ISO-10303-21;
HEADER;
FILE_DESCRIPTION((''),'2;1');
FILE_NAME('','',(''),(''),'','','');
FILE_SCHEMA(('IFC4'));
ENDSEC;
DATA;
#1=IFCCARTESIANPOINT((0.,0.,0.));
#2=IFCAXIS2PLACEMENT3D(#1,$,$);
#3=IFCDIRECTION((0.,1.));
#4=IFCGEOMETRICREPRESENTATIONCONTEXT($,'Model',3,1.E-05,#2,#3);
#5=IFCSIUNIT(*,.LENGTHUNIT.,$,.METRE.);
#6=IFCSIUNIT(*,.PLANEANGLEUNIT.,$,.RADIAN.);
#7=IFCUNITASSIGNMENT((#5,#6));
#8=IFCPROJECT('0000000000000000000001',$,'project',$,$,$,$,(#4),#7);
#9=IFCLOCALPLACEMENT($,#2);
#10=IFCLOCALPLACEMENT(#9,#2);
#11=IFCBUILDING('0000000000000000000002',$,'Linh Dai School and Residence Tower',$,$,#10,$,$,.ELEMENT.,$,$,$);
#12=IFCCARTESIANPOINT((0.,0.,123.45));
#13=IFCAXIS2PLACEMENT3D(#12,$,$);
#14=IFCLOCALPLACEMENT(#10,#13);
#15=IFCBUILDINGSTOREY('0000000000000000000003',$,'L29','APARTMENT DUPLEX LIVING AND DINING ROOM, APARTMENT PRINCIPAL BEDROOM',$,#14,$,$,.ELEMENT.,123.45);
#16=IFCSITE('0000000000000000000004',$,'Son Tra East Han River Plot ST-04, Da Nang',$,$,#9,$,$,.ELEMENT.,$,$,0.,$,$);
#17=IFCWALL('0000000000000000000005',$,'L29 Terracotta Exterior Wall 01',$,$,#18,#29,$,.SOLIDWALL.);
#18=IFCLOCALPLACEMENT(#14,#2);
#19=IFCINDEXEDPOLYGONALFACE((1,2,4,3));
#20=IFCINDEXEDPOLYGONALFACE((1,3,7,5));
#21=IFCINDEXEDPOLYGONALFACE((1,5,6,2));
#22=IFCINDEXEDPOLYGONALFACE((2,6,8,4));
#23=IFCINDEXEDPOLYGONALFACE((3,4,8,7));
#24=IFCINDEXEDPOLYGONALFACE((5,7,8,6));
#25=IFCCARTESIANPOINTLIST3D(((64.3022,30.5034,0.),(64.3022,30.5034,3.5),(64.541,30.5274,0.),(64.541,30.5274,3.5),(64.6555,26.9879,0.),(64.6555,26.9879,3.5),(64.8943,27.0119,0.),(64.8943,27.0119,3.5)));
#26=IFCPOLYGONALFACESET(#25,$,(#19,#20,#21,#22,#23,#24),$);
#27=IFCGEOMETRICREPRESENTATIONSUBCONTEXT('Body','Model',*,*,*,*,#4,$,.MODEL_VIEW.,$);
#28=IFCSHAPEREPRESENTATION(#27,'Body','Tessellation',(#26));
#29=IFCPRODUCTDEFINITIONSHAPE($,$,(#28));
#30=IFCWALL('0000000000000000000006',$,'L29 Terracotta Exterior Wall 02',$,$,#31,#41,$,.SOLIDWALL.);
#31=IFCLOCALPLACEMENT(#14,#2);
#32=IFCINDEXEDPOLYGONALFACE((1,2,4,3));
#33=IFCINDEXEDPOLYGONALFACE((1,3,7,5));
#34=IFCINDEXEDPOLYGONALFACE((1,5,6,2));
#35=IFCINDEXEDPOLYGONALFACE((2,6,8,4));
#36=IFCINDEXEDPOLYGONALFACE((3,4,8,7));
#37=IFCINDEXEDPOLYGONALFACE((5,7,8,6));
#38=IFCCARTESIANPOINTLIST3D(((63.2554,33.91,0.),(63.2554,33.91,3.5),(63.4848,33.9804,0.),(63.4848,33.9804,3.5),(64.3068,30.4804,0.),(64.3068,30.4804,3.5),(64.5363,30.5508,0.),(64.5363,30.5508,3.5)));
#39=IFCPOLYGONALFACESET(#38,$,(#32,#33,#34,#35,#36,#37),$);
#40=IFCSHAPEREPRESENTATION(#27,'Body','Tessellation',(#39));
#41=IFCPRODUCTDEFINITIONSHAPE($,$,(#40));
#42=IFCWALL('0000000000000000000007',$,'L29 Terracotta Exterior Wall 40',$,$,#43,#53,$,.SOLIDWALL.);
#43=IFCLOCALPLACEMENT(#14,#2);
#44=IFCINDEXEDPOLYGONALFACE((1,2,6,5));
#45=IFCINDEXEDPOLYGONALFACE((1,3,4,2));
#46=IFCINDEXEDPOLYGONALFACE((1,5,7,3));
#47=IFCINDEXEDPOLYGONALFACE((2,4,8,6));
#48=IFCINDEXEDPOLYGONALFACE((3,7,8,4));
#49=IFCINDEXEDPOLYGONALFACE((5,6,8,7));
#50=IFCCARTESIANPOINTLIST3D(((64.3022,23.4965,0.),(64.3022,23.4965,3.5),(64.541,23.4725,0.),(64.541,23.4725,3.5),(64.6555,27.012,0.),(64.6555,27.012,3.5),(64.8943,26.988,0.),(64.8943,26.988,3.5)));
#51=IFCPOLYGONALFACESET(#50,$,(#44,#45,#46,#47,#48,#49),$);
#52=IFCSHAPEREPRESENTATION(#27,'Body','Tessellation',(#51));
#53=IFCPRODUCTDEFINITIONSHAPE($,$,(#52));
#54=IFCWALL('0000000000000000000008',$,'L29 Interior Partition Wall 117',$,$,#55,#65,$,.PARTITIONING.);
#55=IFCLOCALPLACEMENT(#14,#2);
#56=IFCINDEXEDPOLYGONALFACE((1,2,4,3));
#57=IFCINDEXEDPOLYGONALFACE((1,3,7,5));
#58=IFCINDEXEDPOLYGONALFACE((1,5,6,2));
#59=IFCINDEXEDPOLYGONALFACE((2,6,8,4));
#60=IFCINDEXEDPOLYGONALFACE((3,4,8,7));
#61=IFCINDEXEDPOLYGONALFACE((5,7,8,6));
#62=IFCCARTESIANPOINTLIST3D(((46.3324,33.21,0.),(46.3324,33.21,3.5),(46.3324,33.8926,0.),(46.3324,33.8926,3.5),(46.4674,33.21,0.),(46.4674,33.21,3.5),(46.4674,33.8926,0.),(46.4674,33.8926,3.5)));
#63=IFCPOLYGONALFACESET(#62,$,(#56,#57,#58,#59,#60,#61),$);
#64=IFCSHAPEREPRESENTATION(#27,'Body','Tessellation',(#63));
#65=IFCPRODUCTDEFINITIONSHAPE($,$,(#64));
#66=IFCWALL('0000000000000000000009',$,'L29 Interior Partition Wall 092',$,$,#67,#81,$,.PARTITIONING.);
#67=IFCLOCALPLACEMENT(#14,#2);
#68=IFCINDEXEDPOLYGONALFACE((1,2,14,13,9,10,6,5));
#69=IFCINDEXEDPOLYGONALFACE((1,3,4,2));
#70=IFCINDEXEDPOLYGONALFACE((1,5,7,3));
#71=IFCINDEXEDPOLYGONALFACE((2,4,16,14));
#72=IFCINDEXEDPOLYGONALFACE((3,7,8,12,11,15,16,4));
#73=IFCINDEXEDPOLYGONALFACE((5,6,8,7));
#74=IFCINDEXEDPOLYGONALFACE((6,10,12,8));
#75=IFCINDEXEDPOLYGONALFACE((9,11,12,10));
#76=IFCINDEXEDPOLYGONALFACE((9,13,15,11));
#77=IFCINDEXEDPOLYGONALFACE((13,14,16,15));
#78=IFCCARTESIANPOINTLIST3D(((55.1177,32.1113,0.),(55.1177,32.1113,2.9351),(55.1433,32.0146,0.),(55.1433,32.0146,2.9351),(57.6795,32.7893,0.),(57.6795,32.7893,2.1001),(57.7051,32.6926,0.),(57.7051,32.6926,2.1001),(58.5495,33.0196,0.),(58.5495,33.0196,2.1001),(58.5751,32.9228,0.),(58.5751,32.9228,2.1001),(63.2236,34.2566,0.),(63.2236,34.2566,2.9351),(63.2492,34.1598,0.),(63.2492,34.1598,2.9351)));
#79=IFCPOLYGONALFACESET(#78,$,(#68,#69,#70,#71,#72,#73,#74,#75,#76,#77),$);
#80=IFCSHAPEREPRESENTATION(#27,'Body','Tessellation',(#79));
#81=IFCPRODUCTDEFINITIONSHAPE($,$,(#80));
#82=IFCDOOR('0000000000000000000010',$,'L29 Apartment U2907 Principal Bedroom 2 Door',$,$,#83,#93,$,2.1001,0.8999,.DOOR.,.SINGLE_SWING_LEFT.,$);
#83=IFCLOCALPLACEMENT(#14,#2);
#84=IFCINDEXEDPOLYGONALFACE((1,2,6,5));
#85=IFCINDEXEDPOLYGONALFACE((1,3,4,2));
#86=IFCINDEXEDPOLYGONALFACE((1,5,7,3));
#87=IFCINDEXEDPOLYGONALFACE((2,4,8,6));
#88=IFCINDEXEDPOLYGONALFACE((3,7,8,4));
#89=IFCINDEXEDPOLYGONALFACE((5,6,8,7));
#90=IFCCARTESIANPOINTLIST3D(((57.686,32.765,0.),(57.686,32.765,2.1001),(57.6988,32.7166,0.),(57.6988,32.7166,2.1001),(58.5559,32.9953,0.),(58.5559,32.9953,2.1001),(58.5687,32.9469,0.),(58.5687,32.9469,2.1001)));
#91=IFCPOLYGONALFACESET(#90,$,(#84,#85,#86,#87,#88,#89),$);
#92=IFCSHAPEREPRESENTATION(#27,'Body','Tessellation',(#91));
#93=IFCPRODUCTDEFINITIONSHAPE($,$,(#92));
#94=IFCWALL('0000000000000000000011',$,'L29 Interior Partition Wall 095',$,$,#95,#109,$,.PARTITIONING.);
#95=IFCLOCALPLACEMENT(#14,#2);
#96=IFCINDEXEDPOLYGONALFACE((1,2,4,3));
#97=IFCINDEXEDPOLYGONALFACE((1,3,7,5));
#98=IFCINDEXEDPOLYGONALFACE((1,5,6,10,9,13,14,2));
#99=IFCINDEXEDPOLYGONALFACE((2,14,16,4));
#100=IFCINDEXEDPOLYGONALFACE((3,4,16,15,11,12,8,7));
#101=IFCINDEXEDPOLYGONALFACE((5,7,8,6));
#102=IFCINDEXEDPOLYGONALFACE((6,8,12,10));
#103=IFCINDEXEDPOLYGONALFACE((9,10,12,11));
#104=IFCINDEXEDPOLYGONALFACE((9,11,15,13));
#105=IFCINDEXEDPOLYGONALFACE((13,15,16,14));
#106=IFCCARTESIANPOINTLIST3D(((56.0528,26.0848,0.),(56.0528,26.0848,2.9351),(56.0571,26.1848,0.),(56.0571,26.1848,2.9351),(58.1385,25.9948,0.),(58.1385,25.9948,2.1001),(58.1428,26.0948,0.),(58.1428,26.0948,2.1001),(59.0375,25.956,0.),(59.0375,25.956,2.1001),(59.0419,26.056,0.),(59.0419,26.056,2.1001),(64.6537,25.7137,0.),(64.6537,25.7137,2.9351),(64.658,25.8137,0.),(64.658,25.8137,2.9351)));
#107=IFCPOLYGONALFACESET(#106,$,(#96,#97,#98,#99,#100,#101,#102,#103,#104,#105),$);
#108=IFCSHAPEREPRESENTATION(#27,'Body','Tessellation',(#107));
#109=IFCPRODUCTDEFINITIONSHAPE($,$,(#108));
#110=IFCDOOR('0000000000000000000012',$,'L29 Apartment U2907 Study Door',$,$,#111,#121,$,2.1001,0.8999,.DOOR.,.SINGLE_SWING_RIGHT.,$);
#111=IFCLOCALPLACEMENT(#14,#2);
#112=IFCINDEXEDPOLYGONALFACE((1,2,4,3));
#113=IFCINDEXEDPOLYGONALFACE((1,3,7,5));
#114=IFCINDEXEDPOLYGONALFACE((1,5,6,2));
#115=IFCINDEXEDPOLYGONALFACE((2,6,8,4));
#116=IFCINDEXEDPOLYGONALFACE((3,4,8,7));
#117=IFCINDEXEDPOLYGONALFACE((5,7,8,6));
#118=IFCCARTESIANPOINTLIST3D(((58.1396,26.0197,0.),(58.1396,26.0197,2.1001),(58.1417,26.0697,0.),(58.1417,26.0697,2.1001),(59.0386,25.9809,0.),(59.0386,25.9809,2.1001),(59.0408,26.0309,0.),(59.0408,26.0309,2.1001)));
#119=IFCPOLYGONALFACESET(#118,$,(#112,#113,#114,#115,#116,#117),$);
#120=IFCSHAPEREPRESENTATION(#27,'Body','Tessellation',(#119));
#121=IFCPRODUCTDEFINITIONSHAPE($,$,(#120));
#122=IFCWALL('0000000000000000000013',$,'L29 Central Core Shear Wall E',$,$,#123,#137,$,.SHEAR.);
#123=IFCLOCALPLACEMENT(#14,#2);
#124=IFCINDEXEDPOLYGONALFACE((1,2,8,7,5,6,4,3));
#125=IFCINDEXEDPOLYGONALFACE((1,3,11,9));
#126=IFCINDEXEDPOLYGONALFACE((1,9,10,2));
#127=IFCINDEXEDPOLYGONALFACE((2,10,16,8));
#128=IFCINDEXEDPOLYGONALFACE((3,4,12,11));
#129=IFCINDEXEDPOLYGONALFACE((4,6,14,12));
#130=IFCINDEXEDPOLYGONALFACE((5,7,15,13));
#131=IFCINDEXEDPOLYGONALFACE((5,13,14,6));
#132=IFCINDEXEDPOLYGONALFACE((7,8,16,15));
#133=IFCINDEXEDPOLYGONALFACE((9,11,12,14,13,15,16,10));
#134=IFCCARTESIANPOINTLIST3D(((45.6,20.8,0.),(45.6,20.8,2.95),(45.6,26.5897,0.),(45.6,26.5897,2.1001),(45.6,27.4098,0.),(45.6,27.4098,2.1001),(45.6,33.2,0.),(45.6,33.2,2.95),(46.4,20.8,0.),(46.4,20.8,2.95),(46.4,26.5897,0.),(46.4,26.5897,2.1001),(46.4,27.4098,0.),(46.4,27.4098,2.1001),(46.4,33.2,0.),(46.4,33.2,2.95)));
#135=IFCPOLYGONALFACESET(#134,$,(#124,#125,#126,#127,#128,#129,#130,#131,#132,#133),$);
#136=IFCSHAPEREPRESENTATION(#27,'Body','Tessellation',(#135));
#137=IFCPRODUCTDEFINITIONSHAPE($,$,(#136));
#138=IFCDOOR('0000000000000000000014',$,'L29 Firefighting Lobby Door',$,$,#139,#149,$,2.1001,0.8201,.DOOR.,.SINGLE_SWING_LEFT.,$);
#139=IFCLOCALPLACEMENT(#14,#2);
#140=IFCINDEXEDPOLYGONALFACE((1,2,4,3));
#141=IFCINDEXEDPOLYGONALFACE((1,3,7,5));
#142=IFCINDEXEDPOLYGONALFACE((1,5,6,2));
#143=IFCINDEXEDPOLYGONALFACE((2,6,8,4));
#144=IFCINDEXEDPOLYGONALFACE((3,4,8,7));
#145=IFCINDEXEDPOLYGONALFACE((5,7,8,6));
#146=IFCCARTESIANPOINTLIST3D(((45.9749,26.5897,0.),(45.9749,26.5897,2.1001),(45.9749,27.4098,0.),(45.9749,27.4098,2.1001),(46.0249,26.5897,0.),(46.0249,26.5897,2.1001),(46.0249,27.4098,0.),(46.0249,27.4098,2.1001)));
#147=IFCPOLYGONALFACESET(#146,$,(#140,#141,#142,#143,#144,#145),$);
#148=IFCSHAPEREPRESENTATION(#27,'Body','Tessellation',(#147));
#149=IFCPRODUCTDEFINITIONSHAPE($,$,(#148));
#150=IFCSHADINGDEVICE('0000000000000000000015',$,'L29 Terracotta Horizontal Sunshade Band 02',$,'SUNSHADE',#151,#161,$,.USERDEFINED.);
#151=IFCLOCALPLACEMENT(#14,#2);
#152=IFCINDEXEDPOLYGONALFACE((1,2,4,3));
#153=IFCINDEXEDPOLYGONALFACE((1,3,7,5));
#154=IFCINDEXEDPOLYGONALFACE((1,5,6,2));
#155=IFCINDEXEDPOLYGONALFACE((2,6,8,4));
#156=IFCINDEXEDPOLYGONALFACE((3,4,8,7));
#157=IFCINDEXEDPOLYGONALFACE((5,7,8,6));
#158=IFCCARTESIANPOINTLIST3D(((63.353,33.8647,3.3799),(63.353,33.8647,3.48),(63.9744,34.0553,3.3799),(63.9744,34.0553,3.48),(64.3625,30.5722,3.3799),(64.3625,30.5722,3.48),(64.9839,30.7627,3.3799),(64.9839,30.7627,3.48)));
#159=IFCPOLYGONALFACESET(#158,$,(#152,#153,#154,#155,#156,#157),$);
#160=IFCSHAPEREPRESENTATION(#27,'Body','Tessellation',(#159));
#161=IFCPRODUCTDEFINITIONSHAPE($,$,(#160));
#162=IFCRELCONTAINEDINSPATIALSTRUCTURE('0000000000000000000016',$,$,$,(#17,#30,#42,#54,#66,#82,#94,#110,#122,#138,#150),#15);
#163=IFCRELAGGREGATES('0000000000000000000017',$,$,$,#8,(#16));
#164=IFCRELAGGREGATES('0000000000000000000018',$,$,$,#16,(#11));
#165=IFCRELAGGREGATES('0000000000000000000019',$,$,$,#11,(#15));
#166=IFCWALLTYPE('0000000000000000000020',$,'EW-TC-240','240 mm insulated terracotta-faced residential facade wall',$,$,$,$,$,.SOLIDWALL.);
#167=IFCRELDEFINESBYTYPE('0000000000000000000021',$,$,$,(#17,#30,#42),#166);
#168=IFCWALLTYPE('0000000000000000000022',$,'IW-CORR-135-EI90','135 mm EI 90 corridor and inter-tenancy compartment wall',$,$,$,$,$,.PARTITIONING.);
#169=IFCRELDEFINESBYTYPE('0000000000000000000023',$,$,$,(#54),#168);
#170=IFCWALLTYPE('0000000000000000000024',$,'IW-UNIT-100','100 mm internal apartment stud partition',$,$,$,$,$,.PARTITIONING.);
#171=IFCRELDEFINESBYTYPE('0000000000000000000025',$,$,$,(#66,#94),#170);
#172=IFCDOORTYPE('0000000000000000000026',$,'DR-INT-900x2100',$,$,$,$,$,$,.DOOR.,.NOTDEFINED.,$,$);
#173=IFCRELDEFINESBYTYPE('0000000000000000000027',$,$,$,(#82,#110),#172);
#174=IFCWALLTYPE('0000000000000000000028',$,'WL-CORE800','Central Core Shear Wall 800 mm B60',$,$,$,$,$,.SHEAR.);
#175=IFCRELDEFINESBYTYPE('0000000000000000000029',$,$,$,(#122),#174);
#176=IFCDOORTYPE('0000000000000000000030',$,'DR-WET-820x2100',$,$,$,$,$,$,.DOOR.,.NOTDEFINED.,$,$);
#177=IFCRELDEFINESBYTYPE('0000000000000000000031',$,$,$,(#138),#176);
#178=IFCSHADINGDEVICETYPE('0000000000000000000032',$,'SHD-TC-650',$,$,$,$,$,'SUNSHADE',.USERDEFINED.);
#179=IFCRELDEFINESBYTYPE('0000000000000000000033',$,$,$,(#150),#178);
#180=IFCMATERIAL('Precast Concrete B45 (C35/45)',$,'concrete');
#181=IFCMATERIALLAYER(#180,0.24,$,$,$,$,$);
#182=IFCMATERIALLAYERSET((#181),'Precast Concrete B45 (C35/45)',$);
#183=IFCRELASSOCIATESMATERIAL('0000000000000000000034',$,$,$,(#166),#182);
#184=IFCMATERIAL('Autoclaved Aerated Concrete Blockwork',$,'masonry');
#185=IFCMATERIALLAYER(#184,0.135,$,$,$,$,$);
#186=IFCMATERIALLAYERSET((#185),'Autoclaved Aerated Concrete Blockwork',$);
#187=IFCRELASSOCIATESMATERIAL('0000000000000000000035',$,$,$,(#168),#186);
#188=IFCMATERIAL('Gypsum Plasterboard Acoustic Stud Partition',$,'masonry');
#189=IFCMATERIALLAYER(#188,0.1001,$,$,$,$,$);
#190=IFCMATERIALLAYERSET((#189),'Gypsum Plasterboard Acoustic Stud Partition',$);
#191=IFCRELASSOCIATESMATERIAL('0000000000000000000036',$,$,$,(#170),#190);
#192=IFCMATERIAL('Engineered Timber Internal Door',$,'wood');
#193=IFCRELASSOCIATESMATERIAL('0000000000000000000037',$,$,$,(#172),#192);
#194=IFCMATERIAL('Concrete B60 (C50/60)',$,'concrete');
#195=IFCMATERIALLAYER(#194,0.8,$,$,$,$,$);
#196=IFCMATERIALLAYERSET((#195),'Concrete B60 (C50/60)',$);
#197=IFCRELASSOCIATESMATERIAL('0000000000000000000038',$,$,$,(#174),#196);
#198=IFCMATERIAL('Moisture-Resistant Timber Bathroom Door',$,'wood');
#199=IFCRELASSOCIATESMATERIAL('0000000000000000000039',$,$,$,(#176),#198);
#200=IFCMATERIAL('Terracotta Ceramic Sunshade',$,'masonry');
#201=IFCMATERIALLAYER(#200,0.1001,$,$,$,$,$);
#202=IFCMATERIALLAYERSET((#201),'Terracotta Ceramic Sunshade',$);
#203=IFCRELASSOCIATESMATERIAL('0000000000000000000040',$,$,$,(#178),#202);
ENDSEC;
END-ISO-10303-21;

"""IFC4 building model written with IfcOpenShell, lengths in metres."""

from ifc_helpers import new_model, si_unit, direction, frame, frame_2d, origin, origin_2d, place, context, subcontext, project, spatial, rectangle, extrude, source, transform, mapped, material, layer, layer_set, type_object, element, fill, save


model = new_model("IFC4")

# Units and contexts
model_context = context("Model", 3, precision=1e-05, world=origin(), true_north=direction((0.0, 1.0)))
body_context = subcontext(model_context, "Body", "Model", "MODEL_VIEW")
ifc_project = project(units=[si_unit("LENGTHUNIT", "METRE"), si_unit("PLANEANGLEUNIT", "RADIAN")], contexts=[model_context])

# Site, building, storey
site_placement = place(None, origin())
site = spatial("IfcSite", under=ifc_project, at=site_placement, Name="Son Tra East Han River Plot ST-04, Da Nang", CompositionType="ELEMENT", RefElevation=0.0)
building_placement = place(site_placement, origin())
building = spatial("IfcBuilding", under=site, at=building_placement, Name="Linh Dai School and Residence Tower", CompositionType="ELEMENT")
storey_placement = place(building_placement, frame((0.0, 0.0, 123.45)))
storey = spatial("IfcBuildingStorey", under=building, at=storey_placement, Name="L29", Description="APARTMENT DUPLEX LIVING AND DINING ROOM, APARTMENT PRINCIPAL BEDROOM", CompositionType="ELEMENT", Elevation=123.45)

# Shared definitions
ifc_material_1 = material(Name="Concrete B60 (C50/60)", Category="concrete")

# Walls
ifc_material_2 = material(Name="Precast Concrete B45 (C35/45)", Category="concrete")
ifc_layer_1 = layer(ifc_material_2, 0.24)
ifc_layer_set_1 = layer_set([ifc_layer_1], Name="Precast Concrete B45 (C35/45)")
wall_type_1 = type_object("IfcWallType", Name="EW-TC-240", Description="240 mm insulated terracotta-faced residential facade wall", PredefinedType="SOLIDWALL", material=ifc_layer_set_1)
wall_1_placement = place(storey_placement, frame((64.4216, 30.5154, 0.0), z_axis=(0.0, 0.0, 1.0), x_axis=(0.099989, -0.994988, 0.0)))
element("IfcWall", 1, at=wall_1_placement, inside=storey, type_object=wall_type_1, Name="L29 Terracotta Exterior Wall 01", PredefinedType="SOLIDWALL", context=body_context, shape_type="SweptSolid", body=[
    extrude(rectangle(XDim=3.5332, YDim=0.24, at=frame_2d((1.7666, 0.0))), origin(), (0.0, 0.0, 1.0), 3.5),
])
wall_2_placement = place(storey_placement, frame((63.3701, 33.9451, 0.0), z_axis=(0.0, 0.0, 1.0), x_axis=(0.293124, -0.956074, 0.0)))
element("IfcWall", 2, at=wall_2_placement, inside=storey, type_object=wall_type_1, Name="L29 Terracotta Exterior Wall 02", PredefinedType="SOLIDWALL", context=body_context, shape_type="SweptSolid", body=[
    extrude(rectangle(XDim=3.5872, YDim=0.24, at=frame_2d((1.7935, 0.0))), origin(), (0.0, 0.0, 1.0), 3.5),
])
wall_3_placement = place(storey_placement, frame((64.7749, 27.0, 0.0), z_axis=(0.0, 0.0, 1.0), x_axis=(-0.099989, -0.994988, 0.0)))
element("IfcWall", 3, at=wall_3_placement, inside=storey, type_object=wall_type_1, Name="L29 Terracotta Exterior Wall 40", PredefinedType="SOLIDWALL", context=body_context, shape_type="SweptSolid", body=[
    extrude(rectangle(XDim=3.5332, YDim=0.24, at=frame_2d((1.7666, 0.0))), origin(), (0.0, 0.0, 1.0), 3.5),
])
ifc_material_3 = material(Name="Autoclaved Aerated Concrete Blockwork", Category="masonry")
ifc_layer_2 = layer(ifc_material_3, 0.135)
ifc_layer_set_2 = layer_set([ifc_layer_2], Name="Autoclaved Aerated Concrete Blockwork")
wall_type_2 = type_object("IfcWallType", Name="IW-CORR-135-EI90", Description="135 mm EI 90 corridor and inter-tenancy compartment wall", PredefinedType="PARTITIONING", material=ifc_layer_set_2)
wall_4_placement = place(storey_placement, frame((46.3999, 33.21, 0.0), z_axis=(0.0, 0.0, 1.0), x_axis=(0.0, 1.0, 0.0)))
element("IfcWall", 4, at=wall_4_placement, inside=storey, type_object=wall_type_2, Name="L29 Interior Partition Wall 117", PredefinedType="PARTITIONING", context=body_context, shape_type="SweptSolid", body=[
    extrude(rectangle(XDim=0.6826, YDim=0.135, at=frame_2d((0.3413, 0.0))), origin(), (0.0, 0.0, 1.0), 3.5),
])

# Walls, openings, doors
ifc_material_4 = material(Name="Gypsum Plasterboard Acoustic Stud Partition", Category="masonry")
ifc_layer_3 = layer(ifc_material_4, 0.1001)
ifc_layer_set_3 = layer_set([ifc_layer_3], Name="Gypsum Plasterboard Acoustic Stud Partition")
wall_type_3 = type_object("IfcWallType", Name="IW-UNIT-100", Description="100 mm internal apartment stud partition", PredefinedType="PARTITIONING", material=ifc_layer_set_3)
wall_5_placement = place(storey_placement, frame((55.1306, 32.063, 0.0), z_axis=(0.0, 0.0, 1.0), x_axis=(0.966718, 0.255845, 0.0)))
wall_5 = element("IfcWall", 5, at=wall_5_placement, inside=storey, type_object=wall_type_3, Name="L29 Interior Partition Wall 092", PredefinedType="PARTITIONING", context=body_context, shape_type="SweptSolid", body=[
    extrude(rectangle(XDim=8.385, YDim=0.1001, at=frame_2d((4.1924, 0.0))), origin(), (0.0, 0.0, 1.0), 2.9351),
])
opening_1_placement = place(wall_5_placement, frame((2.6499, 0.0, 0.0)))
opening_1 = element("IfcOpeningElement", 6, at=opening_1_placement, cuts=wall_5, PredefinedType="OPENING", context=body_context, shape_type="SweptSolid", body=[
    extrude(rectangle(XDim=0.8999, YDim=2.1001, at=origin_2d()), frame((0.45, 0.0601, 1.05), z_axis=(0.0, -1.0, 0.0), x_axis=(1.0, 0.0, 0.0)), (0.0, 0.0, 1.0), 0.1201),
])
ifc_material_5 = material(Name="Engineered Timber Internal Door", Category="wood")
door_type_1 = type_object("IfcDoorType", Name="DR-INT-900x2100", OperationType="NOTDEFINED", PredefinedType="DOOR", material=ifc_material_5)
shared_shape_1 = source(origin(), body_context, "Body", "SweptSolid", [
    extrude(rectangle(XDim=0.8999, YDim=2.1001, at=origin_2d()), frame((0.45, 0.0249, 1.05), z_axis=(0.0, -1.0, 0.0), x_axis=(1.0, 0.0, 0.0)), (0.0, 0.0, 1.0), 0.05),
])
door_1_placement = place(opening_1_placement, origin())
door_1 = element("IfcDoor", 7, at=door_1_placement, inside=storey, type_object=door_type_1, Name="L29 Apartment U2907 Principal Bedroom 2 Door", OperationType="SINGLE_SWING_LEFT", OverallHeight=2.1001, OverallWidth=0.8999, PredefinedType="DOOR", context=body_context, shape_type="MappedRepresentation", body=[
    mapped(shared_shape_1, transform((0.0, 0.0, 0.0), x_axis=(1.0, 0.0, 0.0), y_axis=(0.0, 1.0, 0.0), z_axis=(0.0, 0.0, 1.0), scale=1.0)),
])
fill(opening_1, door_1)
wall_6_placement = place(storey_placement, frame((56.0549, 26.1348, 0.0), z_axis=(0.0, 0.0, 1.0), x_axis=(0.99907, -0.043106, 0.0)))
wall_6 = element("IfcWall", 8, at=wall_6_placement, inside=storey, type_object=wall_type_3, Name="L29 Interior Partition Wall 095", PredefinedType="PARTITIONING", context=body_context, shape_type="SweptSolid", body=[
    extrude(rectangle(XDim=8.6089, YDim=0.1001, at=frame_2d((4.3044, 0.0))), origin(), (0.0, 0.0, 1.0), 2.9351),
])
opening_2_placement = place(wall_6_placement, frame((2.0876, 0.0, 0.0)))
opening_2 = element("IfcOpeningElement", 9, at=opening_2_placement, cuts=wall_6, PredefinedType="OPENING", context=body_context, shape_type="SweptSolid", body=[
    extrude(rectangle(XDim=0.8999, YDim=2.1001, at=origin_2d()), frame((0.45, 0.0601, 1.05), z_axis=(0.0, -1.0, 0.0), x_axis=(1.0, 0.0, 0.0)), (0.0, 0.0, 1.0), 0.1201),
])
door_2_placement = place(opening_2_placement, origin())
door_2 = element("IfcDoor", 10, at=door_2_placement, inside=storey, type_object=door_type_1, Name="L29 Apartment U2907 Study Door", OperationType="SINGLE_SWING_RIGHT", OverallHeight=2.1001, OverallWidth=0.8999, PredefinedType="DOOR", context=body_context, shape_type="MappedRepresentation", body=[
    mapped(shared_shape_1, transform((0.0, 0.0, 0.0), x_axis=(1.0, 0.0, 0.0), y_axis=(0.0, 1.0, 0.0), z_axis=(0.0, 0.0, 1.0), scale=1.0)),
])
fill(opening_2, door_2)
ifc_layer_4 = layer(ifc_material_1, 0.8)
ifc_layer_set_4 = layer_set([ifc_layer_4], Name="Concrete B60 (C50/60)")
wall_type_4 = type_object("IfcWallType", Name="WL-CORE800", Description="Central Core Shear Wall 800 mm B60", PredefinedType="SHEAR", material=ifc_layer_set_4)
wall_7_placement = place(storey_placement, frame((46.0, 33.2, 0.0), z_axis=(0.0, 0.0, 1.0), x_axis=(0.0, -1.0, 0.0)))
wall_7 = element("IfcWall", 11, at=wall_7_placement, inside=storey, type_object=wall_type_4, Name="L29 Central Core Shear Wall E", PredefinedType="SHEAR", context=body_context, shape_type="SweptSolid", body=[
    extrude(rectangle(XDim=12.3999, YDim=0.8, at=frame_2d((6.2, 0.0))), origin(), (0.0, 0.0, 1.0), 2.95),
])
opening_3_placement = place(wall_7_placement, frame((5.79, 0.0, 0.0)))
opening_3 = element("IfcOpeningElement", 12, at=opening_3_placement, cuts=wall_7, PredefinedType="OPENING", context=body_context, shape_type="SweptSolid", body=[
    extrude(rectangle(XDim=0.8201, YDim=2.1001, at=origin_2d()), frame((0.4102, 0.4102, 1.05), z_axis=(0.0, -1.0, 0.0), x_axis=(1.0, 0.0, 0.0)), (0.0, 0.0, 1.0), 0.8201),
])
ifc_material_6 = material(Name="Moisture-Resistant Timber Bathroom Door", Category="wood")
door_type_2 = type_object("IfcDoorType", Name="DR-WET-820x2100", OperationType="NOTDEFINED", PredefinedType="DOOR", material=ifc_material_6)
shared_shape_2 = source(origin(), body_context, "Body", "SweptSolid", [
    extrude(rectangle(XDim=0.8201, YDim=2.1001, at=origin_2d()), frame((0.4102, 0.0249, 1.05), z_axis=(0.0, -1.0, 0.0), x_axis=(1.0, 0.0, 0.0)), (0.0, 0.0, 1.0), 0.05),
])
door_3_placement = place(opening_3_placement, origin())
door_3 = element("IfcDoor", 13, at=door_3_placement, inside=storey, type_object=door_type_2, Name="L29 Firefighting Lobby Door", OperationType="SINGLE_SWING_LEFT", OverallHeight=2.1001, OverallWidth=0.8201, PredefinedType="DOOR", context=body_context, shape_type="MappedRepresentation", body=[
    mapped(shared_shape_2, transform((0.0, 0.0, 0.0), x_axis=(1.0, 0.0, 0.0), y_axis=(0.0, 1.0, 0.0), z_axis=(0.0, 0.0, 1.0), scale=1.0)),
])
fill(opening_3, door_3)

# Shading device
ifc_material_7 = material(Name="Terracotta Ceramic Sunshade", Category="masonry")
ifc_layer_5 = layer(ifc_material_7, 0.1001)
ifc_layer_set_5 = layer_set([ifc_layer_5], Name="Terracotta Ceramic Sunshade")
shading_device_type = type_object("IfcShadingDeviceType", Name="SHD-TC-650", ElementType="SUNSHADE", PredefinedType="USERDEFINED", material=ifc_layer_set_5)
shared_shape_3 = source(origin(), body_context, "Body", "SweptSolid", [
    extrude(rectangle(XDim=3.4438, YDim=0.6499, at=origin_2d()), origin(), (0.0, 0.0, 1.0), 0.1001),
])
shading_device_placement = place(storey_placement, frame((64.1685, 32.3137, 3.3799), z_axis=(0.0, 0.0, 1.0), x_axis=(0.293134, -0.956072, 0.0)))
element("IfcShadingDevice", 14, at=shading_device_placement, inside=storey, type_object=shading_device_type, Name="L29 Terracotta Horizontal Sunshade Band 02", ObjectType="SUNSHADE", PredefinedType="USERDEFINED", context=body_context, shape_type="MappedRepresentation", body=[
    mapped(shared_shape_3, transform((0.0, 0.0, 0.0), x_axis=(1.0, 0.0, 0.0), y_axis=(0.0, 1.0, 0.0), z_axis=(0.0, 0.0, 1.0), scale=1.0)),
])

save(model, "model.ifc")
